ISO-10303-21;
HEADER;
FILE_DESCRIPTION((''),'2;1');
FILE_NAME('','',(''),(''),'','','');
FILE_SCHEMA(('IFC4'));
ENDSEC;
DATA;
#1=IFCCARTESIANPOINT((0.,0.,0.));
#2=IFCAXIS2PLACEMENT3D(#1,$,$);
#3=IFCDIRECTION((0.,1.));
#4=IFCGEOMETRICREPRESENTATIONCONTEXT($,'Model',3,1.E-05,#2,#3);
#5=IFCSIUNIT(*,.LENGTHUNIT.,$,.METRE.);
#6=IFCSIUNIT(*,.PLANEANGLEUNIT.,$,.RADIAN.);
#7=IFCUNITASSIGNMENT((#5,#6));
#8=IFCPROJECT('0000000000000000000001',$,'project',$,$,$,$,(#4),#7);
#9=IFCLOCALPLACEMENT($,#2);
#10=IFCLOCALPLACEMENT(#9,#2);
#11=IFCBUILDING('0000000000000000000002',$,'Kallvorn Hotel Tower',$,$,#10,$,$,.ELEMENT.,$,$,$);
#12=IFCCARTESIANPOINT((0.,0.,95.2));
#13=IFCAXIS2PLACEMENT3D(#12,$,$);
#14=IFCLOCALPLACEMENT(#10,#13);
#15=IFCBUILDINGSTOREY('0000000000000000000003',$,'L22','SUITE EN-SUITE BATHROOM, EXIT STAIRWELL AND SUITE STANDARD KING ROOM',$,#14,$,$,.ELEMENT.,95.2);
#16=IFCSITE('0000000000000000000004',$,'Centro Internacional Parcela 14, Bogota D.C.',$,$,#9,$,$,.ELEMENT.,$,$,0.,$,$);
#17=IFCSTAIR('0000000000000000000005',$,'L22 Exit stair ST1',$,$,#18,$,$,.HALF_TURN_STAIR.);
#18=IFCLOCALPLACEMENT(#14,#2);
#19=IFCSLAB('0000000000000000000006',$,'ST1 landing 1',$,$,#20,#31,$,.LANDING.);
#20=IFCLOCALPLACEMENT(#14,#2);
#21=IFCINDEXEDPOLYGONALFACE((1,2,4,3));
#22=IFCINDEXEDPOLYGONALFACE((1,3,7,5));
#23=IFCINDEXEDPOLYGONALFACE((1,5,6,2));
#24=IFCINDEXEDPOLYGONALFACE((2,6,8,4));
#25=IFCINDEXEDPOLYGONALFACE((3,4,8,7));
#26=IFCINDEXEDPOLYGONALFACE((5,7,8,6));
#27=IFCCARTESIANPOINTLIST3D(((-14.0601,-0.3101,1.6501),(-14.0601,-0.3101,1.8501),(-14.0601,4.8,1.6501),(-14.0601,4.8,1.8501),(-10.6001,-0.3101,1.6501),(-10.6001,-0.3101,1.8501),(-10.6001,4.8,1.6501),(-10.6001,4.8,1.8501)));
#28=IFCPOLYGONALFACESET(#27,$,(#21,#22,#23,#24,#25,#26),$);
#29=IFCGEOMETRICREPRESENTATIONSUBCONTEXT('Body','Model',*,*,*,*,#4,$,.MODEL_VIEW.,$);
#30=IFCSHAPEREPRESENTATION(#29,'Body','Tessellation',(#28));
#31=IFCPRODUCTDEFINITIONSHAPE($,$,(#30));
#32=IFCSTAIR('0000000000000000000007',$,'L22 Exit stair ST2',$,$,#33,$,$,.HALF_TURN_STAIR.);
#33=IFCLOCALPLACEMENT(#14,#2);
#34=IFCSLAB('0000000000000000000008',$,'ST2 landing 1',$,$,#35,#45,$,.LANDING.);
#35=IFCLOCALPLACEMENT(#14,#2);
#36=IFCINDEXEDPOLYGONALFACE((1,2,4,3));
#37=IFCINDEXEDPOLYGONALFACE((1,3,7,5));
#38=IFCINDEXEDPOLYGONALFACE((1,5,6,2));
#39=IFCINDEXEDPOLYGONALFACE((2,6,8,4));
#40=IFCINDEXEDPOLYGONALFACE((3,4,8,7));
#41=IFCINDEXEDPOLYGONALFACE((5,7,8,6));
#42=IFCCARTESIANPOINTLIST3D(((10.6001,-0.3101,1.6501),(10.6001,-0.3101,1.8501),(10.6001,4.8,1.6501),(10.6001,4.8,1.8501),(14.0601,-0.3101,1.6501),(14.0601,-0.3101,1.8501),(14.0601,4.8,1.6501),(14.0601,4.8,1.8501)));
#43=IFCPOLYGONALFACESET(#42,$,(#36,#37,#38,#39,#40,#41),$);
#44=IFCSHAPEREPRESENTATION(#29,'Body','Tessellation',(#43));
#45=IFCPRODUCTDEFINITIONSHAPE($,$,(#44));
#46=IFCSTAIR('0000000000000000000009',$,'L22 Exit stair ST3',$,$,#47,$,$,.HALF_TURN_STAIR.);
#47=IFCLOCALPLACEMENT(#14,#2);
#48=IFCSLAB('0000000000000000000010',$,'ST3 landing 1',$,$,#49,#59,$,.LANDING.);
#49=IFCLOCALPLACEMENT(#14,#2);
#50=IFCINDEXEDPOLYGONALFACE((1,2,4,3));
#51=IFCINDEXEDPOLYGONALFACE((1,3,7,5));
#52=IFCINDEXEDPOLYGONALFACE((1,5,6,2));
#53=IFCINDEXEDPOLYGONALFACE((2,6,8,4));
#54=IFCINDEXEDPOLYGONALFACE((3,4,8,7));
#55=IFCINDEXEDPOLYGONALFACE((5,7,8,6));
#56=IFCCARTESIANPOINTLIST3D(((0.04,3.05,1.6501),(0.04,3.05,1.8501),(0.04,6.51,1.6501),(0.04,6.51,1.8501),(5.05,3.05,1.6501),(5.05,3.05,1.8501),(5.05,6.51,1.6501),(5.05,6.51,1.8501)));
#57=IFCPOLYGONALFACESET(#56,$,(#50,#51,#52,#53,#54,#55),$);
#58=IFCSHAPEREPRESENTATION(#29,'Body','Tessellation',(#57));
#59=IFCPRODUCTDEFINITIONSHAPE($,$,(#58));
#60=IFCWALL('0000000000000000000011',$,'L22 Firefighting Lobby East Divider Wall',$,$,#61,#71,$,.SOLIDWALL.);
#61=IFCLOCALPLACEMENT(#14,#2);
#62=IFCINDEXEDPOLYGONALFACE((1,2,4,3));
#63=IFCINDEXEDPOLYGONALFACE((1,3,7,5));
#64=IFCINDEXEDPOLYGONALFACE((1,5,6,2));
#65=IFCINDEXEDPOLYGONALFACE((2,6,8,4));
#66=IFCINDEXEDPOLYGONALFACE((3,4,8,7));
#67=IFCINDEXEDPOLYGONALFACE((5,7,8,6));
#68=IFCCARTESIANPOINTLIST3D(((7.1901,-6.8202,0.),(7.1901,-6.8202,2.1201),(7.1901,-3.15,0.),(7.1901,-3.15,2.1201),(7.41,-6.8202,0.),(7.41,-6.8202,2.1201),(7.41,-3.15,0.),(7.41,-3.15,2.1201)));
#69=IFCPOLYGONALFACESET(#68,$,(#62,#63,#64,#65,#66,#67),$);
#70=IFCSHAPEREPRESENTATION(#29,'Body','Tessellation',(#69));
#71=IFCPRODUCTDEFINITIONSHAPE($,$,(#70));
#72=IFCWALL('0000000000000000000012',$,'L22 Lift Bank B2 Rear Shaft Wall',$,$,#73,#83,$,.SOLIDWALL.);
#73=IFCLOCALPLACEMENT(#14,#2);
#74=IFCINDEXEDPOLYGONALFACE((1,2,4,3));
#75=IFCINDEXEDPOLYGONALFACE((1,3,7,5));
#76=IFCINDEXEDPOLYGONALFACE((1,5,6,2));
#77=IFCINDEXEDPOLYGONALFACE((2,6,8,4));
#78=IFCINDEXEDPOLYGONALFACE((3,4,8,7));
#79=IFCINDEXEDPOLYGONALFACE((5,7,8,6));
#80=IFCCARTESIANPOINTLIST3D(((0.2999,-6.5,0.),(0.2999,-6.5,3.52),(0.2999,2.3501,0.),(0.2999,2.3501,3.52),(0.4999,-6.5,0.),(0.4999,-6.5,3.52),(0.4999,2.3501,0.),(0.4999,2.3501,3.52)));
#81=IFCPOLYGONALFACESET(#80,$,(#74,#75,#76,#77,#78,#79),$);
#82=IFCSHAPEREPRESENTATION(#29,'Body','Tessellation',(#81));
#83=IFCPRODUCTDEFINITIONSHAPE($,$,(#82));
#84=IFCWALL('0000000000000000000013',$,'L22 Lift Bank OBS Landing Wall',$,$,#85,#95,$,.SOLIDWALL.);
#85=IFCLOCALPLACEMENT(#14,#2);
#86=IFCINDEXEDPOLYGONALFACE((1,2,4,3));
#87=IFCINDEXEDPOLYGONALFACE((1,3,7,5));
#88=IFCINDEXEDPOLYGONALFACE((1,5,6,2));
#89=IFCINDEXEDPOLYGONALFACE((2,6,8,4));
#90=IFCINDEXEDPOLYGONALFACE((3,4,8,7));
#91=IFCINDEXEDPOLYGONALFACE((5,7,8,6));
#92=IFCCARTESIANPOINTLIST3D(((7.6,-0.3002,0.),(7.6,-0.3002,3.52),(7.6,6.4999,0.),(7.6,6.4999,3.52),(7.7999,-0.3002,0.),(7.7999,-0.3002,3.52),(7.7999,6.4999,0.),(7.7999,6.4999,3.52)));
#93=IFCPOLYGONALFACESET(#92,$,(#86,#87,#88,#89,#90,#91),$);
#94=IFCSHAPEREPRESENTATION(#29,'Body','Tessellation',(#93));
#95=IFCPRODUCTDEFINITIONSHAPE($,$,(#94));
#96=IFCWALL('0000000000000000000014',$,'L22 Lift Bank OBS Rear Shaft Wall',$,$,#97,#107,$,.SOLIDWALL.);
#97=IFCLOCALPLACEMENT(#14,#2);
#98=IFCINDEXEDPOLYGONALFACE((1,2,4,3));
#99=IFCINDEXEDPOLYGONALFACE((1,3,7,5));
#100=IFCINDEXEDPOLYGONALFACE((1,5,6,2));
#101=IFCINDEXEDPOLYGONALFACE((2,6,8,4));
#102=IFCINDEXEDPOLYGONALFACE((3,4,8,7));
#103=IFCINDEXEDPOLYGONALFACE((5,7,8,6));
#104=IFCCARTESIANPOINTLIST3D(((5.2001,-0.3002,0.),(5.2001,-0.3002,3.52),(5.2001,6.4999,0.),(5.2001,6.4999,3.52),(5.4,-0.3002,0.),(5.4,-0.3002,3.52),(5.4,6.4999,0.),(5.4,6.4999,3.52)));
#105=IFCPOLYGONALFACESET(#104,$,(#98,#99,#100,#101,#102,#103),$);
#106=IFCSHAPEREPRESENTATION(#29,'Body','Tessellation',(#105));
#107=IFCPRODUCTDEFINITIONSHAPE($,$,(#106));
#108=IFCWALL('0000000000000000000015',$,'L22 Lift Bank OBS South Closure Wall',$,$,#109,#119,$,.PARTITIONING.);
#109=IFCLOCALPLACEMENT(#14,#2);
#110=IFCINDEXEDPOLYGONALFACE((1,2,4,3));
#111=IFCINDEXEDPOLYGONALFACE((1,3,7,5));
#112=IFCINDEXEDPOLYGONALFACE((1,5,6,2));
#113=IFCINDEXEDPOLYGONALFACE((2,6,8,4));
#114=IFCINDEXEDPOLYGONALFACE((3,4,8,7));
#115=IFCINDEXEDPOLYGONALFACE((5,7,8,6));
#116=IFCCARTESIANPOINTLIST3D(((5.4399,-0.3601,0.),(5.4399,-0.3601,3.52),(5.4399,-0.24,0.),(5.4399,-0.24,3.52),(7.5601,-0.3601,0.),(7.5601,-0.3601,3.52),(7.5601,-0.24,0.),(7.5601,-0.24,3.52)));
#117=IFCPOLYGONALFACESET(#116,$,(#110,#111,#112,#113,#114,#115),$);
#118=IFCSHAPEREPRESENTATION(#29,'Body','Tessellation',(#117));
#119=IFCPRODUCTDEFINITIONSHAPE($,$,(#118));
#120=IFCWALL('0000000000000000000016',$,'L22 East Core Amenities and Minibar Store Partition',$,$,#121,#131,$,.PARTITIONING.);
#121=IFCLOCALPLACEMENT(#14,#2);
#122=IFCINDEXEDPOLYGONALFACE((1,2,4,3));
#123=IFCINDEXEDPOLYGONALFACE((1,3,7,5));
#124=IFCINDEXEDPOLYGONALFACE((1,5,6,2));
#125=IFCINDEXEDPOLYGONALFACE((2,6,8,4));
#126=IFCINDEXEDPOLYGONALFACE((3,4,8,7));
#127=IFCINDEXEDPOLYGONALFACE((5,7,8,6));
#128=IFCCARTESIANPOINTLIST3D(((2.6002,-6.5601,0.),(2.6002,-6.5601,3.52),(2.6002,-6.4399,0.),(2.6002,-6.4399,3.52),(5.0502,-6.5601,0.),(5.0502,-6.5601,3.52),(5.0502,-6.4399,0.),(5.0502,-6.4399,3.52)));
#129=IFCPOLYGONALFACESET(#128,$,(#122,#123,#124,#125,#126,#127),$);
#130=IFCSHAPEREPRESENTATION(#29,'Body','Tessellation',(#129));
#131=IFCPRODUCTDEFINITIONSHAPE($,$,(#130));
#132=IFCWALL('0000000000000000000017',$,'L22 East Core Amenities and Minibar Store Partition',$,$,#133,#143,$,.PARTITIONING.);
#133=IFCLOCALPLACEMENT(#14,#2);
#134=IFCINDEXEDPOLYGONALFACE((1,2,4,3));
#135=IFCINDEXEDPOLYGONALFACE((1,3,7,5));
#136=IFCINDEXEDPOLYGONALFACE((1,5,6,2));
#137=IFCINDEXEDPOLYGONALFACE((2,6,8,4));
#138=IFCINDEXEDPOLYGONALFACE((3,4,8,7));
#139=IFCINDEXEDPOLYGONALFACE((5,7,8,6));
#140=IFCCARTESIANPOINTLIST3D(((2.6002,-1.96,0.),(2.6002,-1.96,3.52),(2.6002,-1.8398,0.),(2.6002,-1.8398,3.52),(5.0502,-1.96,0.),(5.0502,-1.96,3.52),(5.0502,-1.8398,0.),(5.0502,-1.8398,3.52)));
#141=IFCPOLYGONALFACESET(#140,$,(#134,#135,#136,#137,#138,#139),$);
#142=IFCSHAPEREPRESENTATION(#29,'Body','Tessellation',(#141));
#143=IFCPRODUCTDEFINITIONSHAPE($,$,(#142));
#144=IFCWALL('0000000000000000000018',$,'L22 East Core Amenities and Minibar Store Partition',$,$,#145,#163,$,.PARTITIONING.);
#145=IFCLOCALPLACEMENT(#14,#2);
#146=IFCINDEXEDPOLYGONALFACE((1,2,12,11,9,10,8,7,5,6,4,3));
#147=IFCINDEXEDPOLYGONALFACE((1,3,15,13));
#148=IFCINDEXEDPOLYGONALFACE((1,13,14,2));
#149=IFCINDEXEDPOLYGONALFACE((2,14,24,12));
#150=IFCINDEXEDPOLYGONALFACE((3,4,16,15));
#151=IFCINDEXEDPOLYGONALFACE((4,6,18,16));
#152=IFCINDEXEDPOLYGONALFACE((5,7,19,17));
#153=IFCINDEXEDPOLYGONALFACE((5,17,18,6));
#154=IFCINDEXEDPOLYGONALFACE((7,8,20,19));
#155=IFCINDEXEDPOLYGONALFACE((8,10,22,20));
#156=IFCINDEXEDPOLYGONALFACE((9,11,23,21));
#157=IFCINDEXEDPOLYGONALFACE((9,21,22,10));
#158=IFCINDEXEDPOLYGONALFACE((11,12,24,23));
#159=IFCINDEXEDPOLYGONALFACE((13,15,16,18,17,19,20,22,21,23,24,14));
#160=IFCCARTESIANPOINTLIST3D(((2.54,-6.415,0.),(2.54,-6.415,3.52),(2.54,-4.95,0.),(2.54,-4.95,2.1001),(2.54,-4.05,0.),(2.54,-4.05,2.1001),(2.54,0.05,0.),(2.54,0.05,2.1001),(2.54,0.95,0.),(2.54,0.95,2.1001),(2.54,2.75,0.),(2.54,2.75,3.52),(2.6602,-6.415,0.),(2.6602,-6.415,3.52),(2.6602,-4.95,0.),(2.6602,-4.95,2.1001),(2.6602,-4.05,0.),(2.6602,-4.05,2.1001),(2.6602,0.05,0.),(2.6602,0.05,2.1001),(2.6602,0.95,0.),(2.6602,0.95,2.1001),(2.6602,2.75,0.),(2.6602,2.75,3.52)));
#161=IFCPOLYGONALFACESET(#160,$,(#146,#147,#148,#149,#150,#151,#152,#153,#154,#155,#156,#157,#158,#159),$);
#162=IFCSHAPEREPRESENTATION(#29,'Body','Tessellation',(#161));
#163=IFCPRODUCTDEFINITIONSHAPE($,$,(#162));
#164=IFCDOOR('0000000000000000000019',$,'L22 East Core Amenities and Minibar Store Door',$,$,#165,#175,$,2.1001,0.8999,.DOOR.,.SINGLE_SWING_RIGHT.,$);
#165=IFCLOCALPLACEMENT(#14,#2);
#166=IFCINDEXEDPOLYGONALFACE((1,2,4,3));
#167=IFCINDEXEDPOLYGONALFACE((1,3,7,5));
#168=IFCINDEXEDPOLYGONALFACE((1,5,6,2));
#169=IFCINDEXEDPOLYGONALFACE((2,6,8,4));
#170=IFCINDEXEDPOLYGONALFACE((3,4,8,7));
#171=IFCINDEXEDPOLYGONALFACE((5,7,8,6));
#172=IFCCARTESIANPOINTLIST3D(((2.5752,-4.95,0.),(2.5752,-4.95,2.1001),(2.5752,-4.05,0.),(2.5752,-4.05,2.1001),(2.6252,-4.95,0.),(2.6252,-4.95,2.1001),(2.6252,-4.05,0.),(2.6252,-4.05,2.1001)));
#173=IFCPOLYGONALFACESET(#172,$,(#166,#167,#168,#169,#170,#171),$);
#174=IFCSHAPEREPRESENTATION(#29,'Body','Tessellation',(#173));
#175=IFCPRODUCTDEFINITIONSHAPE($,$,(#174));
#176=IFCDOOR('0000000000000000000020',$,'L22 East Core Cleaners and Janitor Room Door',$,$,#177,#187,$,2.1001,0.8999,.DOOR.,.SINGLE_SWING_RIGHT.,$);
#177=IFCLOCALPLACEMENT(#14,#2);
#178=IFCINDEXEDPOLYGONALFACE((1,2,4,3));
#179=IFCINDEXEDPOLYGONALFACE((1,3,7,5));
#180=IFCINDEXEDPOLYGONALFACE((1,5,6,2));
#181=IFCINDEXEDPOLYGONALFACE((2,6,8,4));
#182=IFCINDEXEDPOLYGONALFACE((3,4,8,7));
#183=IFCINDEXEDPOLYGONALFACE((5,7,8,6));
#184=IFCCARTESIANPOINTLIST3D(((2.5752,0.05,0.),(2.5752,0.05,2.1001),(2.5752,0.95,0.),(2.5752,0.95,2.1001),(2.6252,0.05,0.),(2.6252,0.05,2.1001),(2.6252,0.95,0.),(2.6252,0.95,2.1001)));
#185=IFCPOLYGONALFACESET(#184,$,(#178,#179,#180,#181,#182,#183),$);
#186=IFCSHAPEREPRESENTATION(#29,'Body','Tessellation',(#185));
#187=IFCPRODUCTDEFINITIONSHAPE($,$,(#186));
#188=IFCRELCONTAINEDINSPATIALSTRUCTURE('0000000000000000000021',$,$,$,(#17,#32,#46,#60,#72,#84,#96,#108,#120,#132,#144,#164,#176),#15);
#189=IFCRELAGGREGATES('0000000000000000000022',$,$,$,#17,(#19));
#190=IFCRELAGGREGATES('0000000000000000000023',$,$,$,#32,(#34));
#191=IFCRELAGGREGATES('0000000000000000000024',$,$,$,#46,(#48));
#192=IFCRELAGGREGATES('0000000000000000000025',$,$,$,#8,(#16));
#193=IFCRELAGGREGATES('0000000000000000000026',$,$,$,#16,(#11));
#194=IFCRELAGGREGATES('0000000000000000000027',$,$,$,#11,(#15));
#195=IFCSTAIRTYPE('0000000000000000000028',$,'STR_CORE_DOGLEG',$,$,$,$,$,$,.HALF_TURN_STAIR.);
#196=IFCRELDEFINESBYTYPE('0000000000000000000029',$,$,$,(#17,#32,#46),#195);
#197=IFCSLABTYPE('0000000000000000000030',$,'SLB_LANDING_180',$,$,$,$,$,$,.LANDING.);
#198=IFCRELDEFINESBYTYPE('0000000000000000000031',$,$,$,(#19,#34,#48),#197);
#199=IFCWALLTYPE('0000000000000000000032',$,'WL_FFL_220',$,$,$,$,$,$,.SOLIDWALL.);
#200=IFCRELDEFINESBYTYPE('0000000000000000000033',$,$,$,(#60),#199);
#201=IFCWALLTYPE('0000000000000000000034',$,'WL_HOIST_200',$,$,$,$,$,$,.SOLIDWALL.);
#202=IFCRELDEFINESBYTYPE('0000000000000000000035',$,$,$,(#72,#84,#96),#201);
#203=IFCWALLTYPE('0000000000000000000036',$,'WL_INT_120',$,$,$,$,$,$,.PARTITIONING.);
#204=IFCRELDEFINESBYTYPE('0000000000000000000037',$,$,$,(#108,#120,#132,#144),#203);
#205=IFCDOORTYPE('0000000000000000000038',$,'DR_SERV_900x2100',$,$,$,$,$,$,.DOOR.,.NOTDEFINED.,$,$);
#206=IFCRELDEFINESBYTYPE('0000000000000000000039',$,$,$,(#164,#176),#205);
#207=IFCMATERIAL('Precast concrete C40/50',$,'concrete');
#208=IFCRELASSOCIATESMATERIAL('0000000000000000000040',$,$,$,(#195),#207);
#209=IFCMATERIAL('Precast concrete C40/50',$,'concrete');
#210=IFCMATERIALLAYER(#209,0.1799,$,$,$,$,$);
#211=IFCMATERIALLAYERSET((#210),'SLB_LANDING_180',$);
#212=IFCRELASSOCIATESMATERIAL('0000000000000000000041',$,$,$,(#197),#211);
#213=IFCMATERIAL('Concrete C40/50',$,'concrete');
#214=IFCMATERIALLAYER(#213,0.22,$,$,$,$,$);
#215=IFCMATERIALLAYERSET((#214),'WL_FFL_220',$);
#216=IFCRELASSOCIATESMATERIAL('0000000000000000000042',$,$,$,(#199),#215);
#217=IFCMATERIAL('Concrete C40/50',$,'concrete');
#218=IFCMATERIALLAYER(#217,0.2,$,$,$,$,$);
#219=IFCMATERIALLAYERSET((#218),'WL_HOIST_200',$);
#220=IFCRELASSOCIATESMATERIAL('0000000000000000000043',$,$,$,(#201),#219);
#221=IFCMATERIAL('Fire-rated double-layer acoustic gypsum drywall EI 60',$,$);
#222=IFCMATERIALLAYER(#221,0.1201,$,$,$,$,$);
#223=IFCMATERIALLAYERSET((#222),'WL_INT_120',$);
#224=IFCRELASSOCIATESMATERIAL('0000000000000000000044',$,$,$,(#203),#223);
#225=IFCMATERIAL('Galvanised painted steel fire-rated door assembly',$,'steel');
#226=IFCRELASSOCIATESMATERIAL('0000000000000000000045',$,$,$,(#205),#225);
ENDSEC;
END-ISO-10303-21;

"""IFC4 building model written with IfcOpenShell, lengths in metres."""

from ifc_helpers import new_model, si_unit, direction, frame, frame_2d, origin, place, context, subcontext, project, spatial, polyline, rectangle, outline, extrude, material, layer, layer_set, type_object, element, fill, aggregate, save


model = new_model("IFC4")

# Units and contexts
model_context = context("Model", 3, precision=1e-05, world=origin(), true_north=direction((0.0, 1.0)))
body_context = subcontext(model_context, "Body", "Model", "MODEL_VIEW")
ifc_project = project(units=[si_unit("LENGTHUNIT", "METRE"), si_unit("PLANEANGLEUNIT", "RADIAN")], contexts=[model_context])

# Site, building, storey
site_placement = place(None, origin())
site = spatial("IfcSite", under=ifc_project, at=site_placement, Name="Centro Internacional Parcela 14, Bogota D.C.", CompositionType="ELEMENT", RefElevation=0.0)
building_placement = place(site_placement, origin())
building = spatial("IfcBuilding", under=site, at=building_placement, Name="Kallvorn Hotel Tower", CompositionType="ELEMENT")
storey_placement = place(building_placement, frame((0.0, 0.0, 95.2)))
storey = spatial("IfcBuildingStorey", under=building, at=storey_placement, Name="L22", Description="SUITE EN-SUITE BATHROOM, EXIT STAIRWELL AND SUITE STANDARD KING ROOM", CompositionType="ELEMENT", Elevation=95.2)

# Stairs, slabs
ifc_material_1 = material(Name="Precast concrete C40/50", Category="concrete")
stair_type = type_object("IfcStairType", Name="STR_CORE_DOGLEG", PredefinedType="HALF_TURN_STAIR", material=ifc_material_1)
stair_1_placement = place(storey_placement, origin())
stair_1 = element("IfcStair", 1, at=stair_1_placement, inside=storey, type_object=stair_type, Name="L22 Exit stair ST1", PredefinedType="HALF_TURN_STAIR")
ifc_material_2 = material(Name="Precast concrete C40/50", Category="concrete")
ifc_layer_1 = layer(ifc_material_2, 0.1799)
ifc_layer_set_1 = layer_set([ifc_layer_1], Name="SLB_LANDING_180")
slab_type = type_object("IfcSlabType", Name="SLB_LANDING_180", PredefinedType="LANDING", material=ifc_layer_set_1)
slab_1_placement = place(storey_placement, frame((0.0, 0.0, 1.6501)))
slab_1 = element("IfcSlab", 2, at=slab_1_placement, type_object=slab_type, Name="ST1 landing 1", PredefinedType="LANDING", context=body_context, shape_type="SweptSolid", body=[
    extrude(outline(polyline([(-10.6001, -0.3101), (-10.6001, 4.8), (-14.0601, 4.8), (-14.0601, -0.3101), (-10.6001, -0.3101)])), origin(), (0.0, 0.0, 1.0), 0.2),
])
aggregate(stair_1, [slab_1])
stair_2_placement = place(storey_placement, origin())
stair_2 = element("IfcStair", 3, at=stair_2_placement, inside=storey, type_object=stair_type, Name="L22 Exit stair ST2", PredefinedType="HALF_TURN_STAIR")
slab_2_placement = place(storey_placement, frame((0.0, 0.0, 1.6501)))
slab_2 = element("IfcSlab", 4, at=slab_2_placement, type_object=slab_type, Name="ST2 landing 1", PredefinedType="LANDING", context=body_context, shape_type="SweptSolid", body=[
    extrude(outline(polyline([(14.0601, -0.3101), (14.0601, 4.8), (10.6001, 4.8), (10.6001, -0.3101), (14.0601, -0.3101)])), origin(), (0.0, 0.0, 1.0), 0.2),
])
aggregate(stair_2, [slab_2])
stair_3_placement = place(storey_placement, origin())
stair_3 = element("IfcStair", 5, at=stair_3_placement, inside=storey, type_object=stair_type, Name="L22 Exit stair ST3", PredefinedType="HALF_TURN_STAIR")
slab_3_placement = place(storey_placement, frame((0.0, 0.0, 1.6501)))
slab_3 = element("IfcSlab", 6, at=slab_3_placement, type_object=slab_type, Name="ST3 landing 1", PredefinedType="LANDING", context=body_context, shape_type="SweptSolid", body=[
    extrude(outline(polyline([(0.04, 3.05), (5.05, 3.05), (5.05, 6.51), (0.04, 6.51), (0.04, 3.05)])), origin(), (0.0, 0.0, 1.0), 0.2),
])
aggregate(stair_3, [slab_3])

# Walls
ifc_material_3 = material(Name="Concrete C40/50", Category="concrete")
ifc_layer_2 = layer(ifc_material_3, 0.22)
ifc_layer_set_2 = layer_set([ifc_layer_2], Name="WL_FFL_220")
wall_type_1 = type_object("IfcWallType", Name="WL_FFL_220", PredefinedType="SOLIDWALL", material=ifc_layer_set_2)
wall_1_placement = place(storey_placement, frame((7.3, -6.8201, 0.0), z_axis=(0.0, 0.0, 1.0), x_axis=(0.0, 1.0, 0.0)))
element("IfcWall", 7, at=wall_1_placement, inside=storey, type_object=wall_type_1, Name="L22 Firefighting Lobby East Divider Wall", PredefinedType="SOLIDWALL", context=body_context, shape_type="SweptSolid", body=[
    extrude(rectangle(XDim=3.6702, YDim=0.22, at=frame_2d((1.835, 0.0))), origin(), (0.0, 0.0, 1.0), 2.1201),
])
ifc_material_4 = material(Name="Concrete C40/50", Category="concrete")
ifc_layer_3 = layer(ifc_material_4, 0.2)
ifc_layer_set_3 = layer_set([ifc_layer_3], Name="WL_HOIST_200")
wall_type_2 = type_object("IfcWallType", Name="WL_HOIST_200", PredefinedType="SOLIDWALL", material=ifc_layer_set_3)
wall_2_placement = place(storey_placement, frame((0.3999, -6.5, 0.0), z_axis=(0.0, 0.0, 1.0), x_axis=(0.0, 1.0, 0.0)))
element("IfcWall", 8, at=wall_2_placement, inside=storey, type_object=wall_type_2, Name="L22 Lift Bank B2 Rear Shaft Wall", PredefinedType="SOLIDWALL", context=body_context, shape_type="SweptSolid", body=[
    extrude(rectangle(XDim=8.8501, YDim=0.2, at=frame_2d((4.425, 0.0))), origin(), (0.0, 0.0, 1.0), 3.52),
])
for number, where, z_axis, x_axis, name in (
    (9, (7.7, -0.3, 0.0), (0.0, 0.0, 1.0), (0.0, 1.0, 0.0), "L22 Lift Bank OBS Landing Wall"),
    (10, (5.3, -0.3, 0.0), (0.0, 0.0, 1.0), (0.0, 1.0, 0.0), "L22 Lift Bank OBS Rear Shaft Wall"),
):
    element("IfcWall", number, at=place(storey_placement, frame(where, z_axis=z_axis, x_axis=x_axis)), inside=storey, type_object=wall_type_2, Name=name, PredefinedType="SOLIDWALL", context=body_context, shape_type="SweptSolid", body=[
        extrude(rectangle(XDim=6.8, YDim=0.2, at=frame_2d((3.3999, 0.0))), origin(), (0.0, 0.0, 1.0), 3.52),
    ])
ifc_material_5 = material(Name="Fire-rated double-layer acoustic gypsum drywall EI 60")
ifc_layer_4 = layer(ifc_material_5, 0.1201)
ifc_layer_set_4 = layer_set([ifc_layer_4], Name="WL_INT_120")
wall_type_3 = type_object("IfcWallType", Name="WL_INT_120", PredefinedType="PARTITIONING", material=ifc_layer_set_4)
wall_3_placement = place(storey_placement, frame((5.4399, -0.3, 0.0), z_axis=(0.0, 0.0, 1.0), x_axis=(1.0, 0.0, 0.0)))
element("IfcWall", 11, at=wall_3_placement, inside=storey, type_object=wall_type_3, Name="L22 Lift Bank OBS South Closure Wall", PredefinedType="PARTITIONING", context=body_context, shape_type="SweptSolid", body=[
    extrude(rectangle(XDim=2.1201, YDim=0.1201, at=frame_2d((1.0601, 0.0))), origin(), (0.0, 0.0, 1.0), 3.52),
])
for number, where, z_axis, x_axis, name in (
    (12, (2.6001, -6.5, 0.0), (0.0, 0.0, 1.0), (1.0, 0.0, 0.0), "L22 East Core Amenities and Minibar Store Partition"),
    (13, (2.6001, -1.8999, 0.0), (0.0, 0.0, 1.0), (1.0, 0.0, 0.0), "L22 East Core Amenities and Minibar Store Partition"),
):
    element("IfcWall", number, at=place(storey_placement, frame(where, z_axis=z_axis, x_axis=x_axis)), inside=storey, type_object=wall_type_3, Name=name, PredefinedType="PARTITIONING", context=body_context, shape_type="SweptSolid", body=[
        extrude(rectangle(XDim=2.45, YDim=0.1201, at=frame_2d((1.2251, 0.0))), origin(), (0.0, 0.0, 1.0), 3.52),
    ])

# Wall, openings, doors
wall_4_placement = place(storey_placement, frame((2.6001, -6.415, 0.0), z_axis=(0.0, 0.0, 1.0), x_axis=(0.0, 1.0, 0.0)))
wall_4 = element("IfcWall", 14, at=wall_4_placement, inside=storey, type_object=wall_type_3, Name="L22 East Core Amenities and Minibar Store Partition", PredefinedType="PARTITIONING", context=body_context, shape_type="SweptSolid", body=[
    extrude(rectangle(XDim=9.165, YDim=0.1201, at=frame_2d((4.5825, 0.0))), origin(), (0.0, 0.0, 1.0), 3.52),
])
opening_1_placement = place(wall_4_placement, frame((1.4651, 0.0, 0.0)))
opening_1 = element("IfcOpeningElement", 15, at=opening_1_placement, cuts=wall_4, PredefinedType="OPENING", context=body_context, shape_type="SweptSolid", body=[
    extrude(rectangle(XDim=0.8999, YDim=2.1001, at=frame_2d((0.45, 1.05))), frame((0.0, 0.075, 0.0), z_axis=(0.0, -1.0, 0.0), x_axis=(1.0, 0.0, 0.0)), (0.0, 0.0, 1.0), 0.1501),
])
opening_2_placement = place(wall_4_placement, frame((6.4651, 0.0, 0.0)))
opening_2 = element("IfcOpeningElement", 16, at=opening_2_placement, cuts=wall_4, PredefinedType="OPENING", context=body_context, shape_type="SweptSolid", body=[
    extrude(rectangle(XDim=0.8999, YDim=2.1001, at=frame_2d((0.45, 1.05))), frame((0.0, 0.075, 0.0), z_axis=(0.0, -1.0, 0.0), x_axis=(1.0, 0.0, 0.0)), (0.0, 0.0, 1.0), 0.1501),
])
ifc_material_6 = material(Name="Galvanised painted steel fire-rated door assembly", Category="steel")
door_type_1 = type_object("IfcDoorType", Name="DR_SERV_900x2100", OperationType="NOTDEFINED", PredefinedType="DOOR", material=ifc_material_6)
door_1_placement = place(opening_1_placement, origin())
door_1 = element("IfcDoor", 17, at=door_1_placement, inside=storey, type_object=door_type_1, Name="L22 East Core Amenities and Minibar Store Door", OperationType="SINGLE_SWING_RIGHT", OverallHeight=2.1001, OverallWidth=0.8999, PredefinedType="DOOR", context=body_context, shape_type="SweptSolid", body=[
    extrude(rectangle(XDim=0.8999, YDim=2.1001, at=frame_2d((0.45, 1.05))), frame((0.0, 0.0249, 0.0), z_axis=(0.0, -1.0, 0.0), x_axis=(1.0, 0.0, 0.0)), (0.0, 0.0, 1.0), 0.05),
])
fill(opening_1, door_1)
door_2_placement = place(opening_2_placement, origin())
door_2 = element("IfcDoor", 18, at=door_2_placement, inside=storey, type_object=door_type_1, Name="L22 East Core Cleaners and Janitor Room Door", OperationType="SINGLE_SWING_RIGHT", OverallHeight=2.1001, OverallWidth=0.8999, PredefinedType="DOOR", context=body_context, shape_type="SweptSolid", body=[
    extrude(rectangle(XDim=0.8999, YDim=2.1001, at=frame_2d((0.45, 1.05))), frame((0.0, 0.0249, 0.0), z_axis=(0.0, -1.0, 0.0), x_axis=(1.0, 0.0, 0.0)), (0.0, 0.0, 1.0), 0.05),
])
fill(opening_2, door_2)

save(model, "model.ifc")
